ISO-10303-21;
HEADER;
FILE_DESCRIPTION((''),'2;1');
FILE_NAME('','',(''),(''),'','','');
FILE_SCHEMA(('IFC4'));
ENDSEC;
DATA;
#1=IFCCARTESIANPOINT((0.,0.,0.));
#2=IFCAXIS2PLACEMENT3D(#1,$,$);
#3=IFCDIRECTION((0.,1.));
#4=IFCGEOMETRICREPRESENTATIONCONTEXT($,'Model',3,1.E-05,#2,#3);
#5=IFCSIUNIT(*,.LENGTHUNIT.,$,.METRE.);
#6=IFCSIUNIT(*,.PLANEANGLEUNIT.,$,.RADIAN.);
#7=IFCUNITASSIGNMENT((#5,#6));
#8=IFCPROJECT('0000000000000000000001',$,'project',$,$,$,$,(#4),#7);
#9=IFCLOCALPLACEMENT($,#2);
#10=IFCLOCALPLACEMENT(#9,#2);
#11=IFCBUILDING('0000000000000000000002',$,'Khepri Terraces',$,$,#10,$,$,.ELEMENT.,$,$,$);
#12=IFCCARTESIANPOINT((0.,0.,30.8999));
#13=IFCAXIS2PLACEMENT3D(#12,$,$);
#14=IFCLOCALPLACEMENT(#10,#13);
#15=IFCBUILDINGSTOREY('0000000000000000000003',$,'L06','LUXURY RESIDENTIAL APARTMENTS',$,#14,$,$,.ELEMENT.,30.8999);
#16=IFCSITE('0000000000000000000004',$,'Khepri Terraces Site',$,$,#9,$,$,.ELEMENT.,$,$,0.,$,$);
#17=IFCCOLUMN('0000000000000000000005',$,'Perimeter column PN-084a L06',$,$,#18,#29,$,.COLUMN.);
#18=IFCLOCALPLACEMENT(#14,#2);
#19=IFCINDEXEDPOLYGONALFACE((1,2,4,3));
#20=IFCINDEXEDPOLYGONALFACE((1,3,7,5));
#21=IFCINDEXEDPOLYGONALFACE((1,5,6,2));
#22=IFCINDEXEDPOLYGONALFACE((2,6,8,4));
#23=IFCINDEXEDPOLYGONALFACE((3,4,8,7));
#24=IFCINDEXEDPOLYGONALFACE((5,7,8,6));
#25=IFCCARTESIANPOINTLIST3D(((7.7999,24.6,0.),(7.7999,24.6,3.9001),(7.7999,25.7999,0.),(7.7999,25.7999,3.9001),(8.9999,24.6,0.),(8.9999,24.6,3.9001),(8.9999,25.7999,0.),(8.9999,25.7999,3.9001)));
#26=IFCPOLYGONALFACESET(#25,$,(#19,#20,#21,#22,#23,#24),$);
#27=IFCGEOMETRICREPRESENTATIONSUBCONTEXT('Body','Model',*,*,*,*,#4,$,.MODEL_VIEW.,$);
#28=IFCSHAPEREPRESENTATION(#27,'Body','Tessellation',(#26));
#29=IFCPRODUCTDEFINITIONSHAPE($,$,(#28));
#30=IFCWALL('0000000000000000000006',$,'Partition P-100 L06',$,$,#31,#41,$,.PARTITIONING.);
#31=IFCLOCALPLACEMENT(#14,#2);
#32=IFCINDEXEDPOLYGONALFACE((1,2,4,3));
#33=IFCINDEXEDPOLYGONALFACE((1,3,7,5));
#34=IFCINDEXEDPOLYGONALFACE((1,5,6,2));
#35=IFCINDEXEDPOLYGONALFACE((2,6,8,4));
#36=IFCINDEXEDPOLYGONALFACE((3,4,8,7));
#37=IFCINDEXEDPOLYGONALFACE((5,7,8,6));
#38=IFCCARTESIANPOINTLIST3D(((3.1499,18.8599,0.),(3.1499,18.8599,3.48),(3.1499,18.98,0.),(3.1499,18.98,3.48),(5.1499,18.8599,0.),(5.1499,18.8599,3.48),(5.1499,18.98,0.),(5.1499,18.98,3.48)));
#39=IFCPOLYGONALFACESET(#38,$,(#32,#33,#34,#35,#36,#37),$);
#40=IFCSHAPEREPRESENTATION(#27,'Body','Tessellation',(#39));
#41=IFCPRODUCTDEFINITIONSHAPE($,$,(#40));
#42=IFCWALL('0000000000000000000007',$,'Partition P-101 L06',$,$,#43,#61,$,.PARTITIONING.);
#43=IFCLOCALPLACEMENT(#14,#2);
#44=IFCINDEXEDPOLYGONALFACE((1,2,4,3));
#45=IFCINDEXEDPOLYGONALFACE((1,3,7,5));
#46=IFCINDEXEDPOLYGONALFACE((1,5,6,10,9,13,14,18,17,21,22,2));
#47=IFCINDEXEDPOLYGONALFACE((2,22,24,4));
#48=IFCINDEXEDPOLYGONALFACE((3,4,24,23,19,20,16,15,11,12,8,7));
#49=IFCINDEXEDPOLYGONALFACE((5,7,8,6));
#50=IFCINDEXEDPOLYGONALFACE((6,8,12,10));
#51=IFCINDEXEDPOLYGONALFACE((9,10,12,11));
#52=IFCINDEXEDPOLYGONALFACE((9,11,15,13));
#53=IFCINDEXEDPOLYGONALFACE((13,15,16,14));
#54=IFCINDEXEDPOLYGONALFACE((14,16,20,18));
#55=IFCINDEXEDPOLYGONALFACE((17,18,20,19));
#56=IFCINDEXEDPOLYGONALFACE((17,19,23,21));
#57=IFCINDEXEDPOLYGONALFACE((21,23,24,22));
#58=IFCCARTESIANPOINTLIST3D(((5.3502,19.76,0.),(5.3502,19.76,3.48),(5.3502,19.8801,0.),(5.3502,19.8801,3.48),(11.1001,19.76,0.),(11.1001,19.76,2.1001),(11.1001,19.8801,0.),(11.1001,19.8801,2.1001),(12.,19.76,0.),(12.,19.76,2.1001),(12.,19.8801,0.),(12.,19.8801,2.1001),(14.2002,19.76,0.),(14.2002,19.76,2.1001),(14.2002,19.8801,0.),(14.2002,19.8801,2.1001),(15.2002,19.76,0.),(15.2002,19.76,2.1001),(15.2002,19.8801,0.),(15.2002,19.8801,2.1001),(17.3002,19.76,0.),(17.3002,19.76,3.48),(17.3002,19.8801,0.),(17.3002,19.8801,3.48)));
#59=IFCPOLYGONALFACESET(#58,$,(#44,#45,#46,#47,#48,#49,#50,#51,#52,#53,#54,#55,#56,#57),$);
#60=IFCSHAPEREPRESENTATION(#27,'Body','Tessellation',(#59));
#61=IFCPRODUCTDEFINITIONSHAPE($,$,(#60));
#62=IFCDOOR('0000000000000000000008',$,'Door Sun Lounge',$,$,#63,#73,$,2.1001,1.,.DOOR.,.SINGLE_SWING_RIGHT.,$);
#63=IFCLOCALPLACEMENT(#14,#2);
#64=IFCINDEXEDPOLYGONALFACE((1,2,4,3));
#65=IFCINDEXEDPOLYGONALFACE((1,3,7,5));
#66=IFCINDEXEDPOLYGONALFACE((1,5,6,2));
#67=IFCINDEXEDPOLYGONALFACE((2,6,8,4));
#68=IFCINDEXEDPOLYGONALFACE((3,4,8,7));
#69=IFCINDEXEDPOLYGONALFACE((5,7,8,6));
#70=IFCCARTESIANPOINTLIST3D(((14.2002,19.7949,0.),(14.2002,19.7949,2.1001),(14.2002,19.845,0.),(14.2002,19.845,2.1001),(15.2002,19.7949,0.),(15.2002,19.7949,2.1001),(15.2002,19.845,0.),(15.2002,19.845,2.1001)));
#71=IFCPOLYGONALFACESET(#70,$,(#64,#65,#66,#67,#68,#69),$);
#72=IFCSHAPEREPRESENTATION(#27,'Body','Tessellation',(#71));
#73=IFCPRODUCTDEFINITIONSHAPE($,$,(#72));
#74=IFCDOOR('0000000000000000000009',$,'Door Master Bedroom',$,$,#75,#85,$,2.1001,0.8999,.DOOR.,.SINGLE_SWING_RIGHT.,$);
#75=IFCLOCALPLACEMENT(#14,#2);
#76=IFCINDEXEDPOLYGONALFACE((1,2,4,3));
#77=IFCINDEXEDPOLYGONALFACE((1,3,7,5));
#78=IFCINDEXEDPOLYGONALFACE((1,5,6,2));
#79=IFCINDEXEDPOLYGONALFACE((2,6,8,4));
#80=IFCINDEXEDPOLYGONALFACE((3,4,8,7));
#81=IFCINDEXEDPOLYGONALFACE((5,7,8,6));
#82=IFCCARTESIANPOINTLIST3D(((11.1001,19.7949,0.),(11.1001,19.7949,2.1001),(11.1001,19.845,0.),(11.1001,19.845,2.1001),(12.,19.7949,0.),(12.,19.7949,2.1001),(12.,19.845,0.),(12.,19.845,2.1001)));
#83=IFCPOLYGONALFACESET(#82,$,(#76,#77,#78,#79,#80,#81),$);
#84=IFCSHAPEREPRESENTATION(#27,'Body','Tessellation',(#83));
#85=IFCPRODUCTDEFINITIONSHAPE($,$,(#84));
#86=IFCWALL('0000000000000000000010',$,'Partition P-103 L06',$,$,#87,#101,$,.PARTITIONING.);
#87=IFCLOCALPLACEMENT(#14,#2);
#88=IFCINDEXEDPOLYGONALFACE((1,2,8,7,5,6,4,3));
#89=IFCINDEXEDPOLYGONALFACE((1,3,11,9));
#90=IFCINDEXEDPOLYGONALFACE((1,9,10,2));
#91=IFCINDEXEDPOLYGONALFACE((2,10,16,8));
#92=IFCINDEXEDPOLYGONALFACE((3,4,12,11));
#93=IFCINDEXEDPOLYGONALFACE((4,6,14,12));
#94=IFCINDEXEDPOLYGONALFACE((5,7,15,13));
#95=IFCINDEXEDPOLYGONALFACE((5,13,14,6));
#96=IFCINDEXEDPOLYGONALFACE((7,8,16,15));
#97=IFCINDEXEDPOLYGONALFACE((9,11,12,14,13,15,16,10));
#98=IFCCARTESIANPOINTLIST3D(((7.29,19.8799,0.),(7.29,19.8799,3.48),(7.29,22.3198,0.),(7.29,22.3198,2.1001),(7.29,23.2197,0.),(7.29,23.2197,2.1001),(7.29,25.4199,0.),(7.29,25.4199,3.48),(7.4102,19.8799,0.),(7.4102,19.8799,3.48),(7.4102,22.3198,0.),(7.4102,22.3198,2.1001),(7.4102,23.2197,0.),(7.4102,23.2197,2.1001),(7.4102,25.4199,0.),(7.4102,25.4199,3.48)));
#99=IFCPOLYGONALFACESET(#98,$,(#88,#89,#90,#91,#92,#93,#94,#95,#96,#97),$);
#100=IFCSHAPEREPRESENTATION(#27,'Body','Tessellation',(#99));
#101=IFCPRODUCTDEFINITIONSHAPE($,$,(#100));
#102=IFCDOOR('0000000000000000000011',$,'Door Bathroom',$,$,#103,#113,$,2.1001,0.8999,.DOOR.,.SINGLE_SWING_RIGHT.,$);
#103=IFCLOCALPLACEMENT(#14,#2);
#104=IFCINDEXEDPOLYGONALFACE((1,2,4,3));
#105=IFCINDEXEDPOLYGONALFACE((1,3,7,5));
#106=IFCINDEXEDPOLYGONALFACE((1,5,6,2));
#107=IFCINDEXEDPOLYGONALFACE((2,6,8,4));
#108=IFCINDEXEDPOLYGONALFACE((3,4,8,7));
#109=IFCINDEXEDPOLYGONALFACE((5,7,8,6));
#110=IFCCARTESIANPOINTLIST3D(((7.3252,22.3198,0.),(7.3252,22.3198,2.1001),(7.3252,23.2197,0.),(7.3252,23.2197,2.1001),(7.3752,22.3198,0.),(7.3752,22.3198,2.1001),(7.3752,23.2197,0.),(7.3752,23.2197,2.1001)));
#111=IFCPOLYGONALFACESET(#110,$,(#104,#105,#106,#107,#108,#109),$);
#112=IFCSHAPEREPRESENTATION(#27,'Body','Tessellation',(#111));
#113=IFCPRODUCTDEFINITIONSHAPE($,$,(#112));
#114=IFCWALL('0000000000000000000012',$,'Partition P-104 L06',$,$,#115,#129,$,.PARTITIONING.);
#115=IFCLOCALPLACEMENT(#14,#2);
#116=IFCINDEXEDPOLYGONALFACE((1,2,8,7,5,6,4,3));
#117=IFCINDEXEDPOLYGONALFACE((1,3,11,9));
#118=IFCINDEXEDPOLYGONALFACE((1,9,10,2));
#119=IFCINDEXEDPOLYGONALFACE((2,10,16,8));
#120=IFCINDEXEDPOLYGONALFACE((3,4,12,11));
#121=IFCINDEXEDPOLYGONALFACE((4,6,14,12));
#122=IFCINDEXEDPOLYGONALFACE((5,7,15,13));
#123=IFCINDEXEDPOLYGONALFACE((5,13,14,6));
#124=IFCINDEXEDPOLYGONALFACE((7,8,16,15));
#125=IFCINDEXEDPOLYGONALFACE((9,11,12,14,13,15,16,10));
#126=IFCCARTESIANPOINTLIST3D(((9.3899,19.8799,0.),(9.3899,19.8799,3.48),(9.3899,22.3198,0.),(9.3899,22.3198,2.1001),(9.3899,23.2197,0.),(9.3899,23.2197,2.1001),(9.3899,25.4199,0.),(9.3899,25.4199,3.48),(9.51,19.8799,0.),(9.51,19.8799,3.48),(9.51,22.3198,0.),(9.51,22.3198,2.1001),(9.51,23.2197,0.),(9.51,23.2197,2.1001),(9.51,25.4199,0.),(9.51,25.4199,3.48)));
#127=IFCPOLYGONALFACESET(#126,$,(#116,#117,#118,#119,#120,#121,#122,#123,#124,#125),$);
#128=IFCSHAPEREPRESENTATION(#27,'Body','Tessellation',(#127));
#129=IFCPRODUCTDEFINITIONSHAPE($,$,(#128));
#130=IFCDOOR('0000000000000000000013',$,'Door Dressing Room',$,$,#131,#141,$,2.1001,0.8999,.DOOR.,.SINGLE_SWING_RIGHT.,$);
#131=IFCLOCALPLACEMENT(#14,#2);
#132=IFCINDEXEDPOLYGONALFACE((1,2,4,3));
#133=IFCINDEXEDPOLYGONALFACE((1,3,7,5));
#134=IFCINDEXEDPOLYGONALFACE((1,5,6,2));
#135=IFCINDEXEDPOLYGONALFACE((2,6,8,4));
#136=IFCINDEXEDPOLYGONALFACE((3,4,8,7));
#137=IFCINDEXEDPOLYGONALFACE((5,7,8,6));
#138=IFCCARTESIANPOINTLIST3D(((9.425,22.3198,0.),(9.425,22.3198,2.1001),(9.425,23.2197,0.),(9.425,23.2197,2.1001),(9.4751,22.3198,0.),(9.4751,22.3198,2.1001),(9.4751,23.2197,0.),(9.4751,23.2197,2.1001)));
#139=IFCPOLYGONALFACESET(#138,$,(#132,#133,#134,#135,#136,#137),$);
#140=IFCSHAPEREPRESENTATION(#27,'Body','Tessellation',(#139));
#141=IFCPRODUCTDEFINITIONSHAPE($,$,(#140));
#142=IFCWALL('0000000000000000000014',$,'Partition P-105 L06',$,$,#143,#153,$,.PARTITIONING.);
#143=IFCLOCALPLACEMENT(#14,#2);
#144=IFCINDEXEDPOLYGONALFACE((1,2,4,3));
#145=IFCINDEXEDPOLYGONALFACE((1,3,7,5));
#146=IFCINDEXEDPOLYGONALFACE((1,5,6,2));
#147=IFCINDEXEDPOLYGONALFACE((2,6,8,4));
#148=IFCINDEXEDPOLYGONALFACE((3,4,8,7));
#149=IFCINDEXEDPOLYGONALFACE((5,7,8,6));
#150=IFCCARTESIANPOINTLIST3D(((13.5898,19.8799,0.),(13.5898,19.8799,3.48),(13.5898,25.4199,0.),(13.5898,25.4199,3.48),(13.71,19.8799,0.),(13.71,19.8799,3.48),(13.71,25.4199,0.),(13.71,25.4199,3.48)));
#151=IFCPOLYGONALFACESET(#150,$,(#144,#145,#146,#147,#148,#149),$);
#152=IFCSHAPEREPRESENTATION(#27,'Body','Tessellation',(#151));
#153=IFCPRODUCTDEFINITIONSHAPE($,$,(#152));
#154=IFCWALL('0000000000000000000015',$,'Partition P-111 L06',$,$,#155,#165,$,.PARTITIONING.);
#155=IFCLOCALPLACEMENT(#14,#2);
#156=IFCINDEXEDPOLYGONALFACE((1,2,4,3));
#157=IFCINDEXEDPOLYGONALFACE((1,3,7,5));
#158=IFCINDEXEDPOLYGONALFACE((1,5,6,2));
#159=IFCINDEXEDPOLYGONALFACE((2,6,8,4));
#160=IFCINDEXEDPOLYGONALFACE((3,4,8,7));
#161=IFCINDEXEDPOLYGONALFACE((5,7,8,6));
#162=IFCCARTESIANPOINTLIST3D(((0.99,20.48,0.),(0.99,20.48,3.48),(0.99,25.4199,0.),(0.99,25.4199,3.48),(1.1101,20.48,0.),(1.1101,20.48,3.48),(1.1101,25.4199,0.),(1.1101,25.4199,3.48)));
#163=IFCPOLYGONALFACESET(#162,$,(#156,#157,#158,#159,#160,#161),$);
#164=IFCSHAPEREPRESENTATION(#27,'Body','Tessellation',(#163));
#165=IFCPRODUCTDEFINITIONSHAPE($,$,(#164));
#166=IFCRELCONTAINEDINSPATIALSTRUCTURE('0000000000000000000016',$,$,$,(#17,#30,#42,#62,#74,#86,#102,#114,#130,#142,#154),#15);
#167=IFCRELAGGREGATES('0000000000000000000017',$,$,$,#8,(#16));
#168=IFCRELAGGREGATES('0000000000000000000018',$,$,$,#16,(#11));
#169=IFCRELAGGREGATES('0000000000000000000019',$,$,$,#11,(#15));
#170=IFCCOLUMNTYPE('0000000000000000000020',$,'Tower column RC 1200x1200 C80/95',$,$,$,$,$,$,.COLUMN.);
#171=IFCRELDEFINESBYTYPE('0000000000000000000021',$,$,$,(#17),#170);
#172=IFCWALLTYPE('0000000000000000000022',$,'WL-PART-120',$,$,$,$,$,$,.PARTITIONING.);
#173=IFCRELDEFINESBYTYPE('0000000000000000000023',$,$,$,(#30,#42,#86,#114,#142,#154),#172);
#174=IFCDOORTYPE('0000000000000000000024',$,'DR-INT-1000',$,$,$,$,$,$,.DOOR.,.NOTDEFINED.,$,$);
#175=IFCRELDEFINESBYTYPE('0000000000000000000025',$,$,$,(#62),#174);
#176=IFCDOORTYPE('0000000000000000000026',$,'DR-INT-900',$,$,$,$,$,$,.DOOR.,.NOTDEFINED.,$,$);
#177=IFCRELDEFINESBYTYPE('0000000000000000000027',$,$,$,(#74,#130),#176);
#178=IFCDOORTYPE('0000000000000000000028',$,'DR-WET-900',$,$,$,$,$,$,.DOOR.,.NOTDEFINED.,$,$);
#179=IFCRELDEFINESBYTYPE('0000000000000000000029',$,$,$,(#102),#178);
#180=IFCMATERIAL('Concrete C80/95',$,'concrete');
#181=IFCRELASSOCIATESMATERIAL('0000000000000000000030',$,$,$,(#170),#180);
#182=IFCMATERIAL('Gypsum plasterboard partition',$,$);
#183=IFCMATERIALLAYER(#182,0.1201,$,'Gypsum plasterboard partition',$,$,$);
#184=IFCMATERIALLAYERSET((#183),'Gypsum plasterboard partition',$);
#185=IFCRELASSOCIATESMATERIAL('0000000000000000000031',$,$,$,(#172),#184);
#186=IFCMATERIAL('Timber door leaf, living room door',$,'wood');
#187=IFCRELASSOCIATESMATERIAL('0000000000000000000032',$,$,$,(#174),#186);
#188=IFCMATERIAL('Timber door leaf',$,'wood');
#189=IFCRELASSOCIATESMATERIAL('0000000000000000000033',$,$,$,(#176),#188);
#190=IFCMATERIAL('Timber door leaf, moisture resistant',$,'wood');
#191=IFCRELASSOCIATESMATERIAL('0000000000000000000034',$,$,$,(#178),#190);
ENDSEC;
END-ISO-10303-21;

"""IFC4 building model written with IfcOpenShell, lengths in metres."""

from ifc_helpers import new_model, si_unit, direction, frame, frame_2d, origin, origin_2d, place, context, subcontext, project, spatial, rectangle, extrude, material, layer, layer_set, material_profile, profile_set, type_object, element, fill, save


model = new_model("IFC4")

# Units and contexts
model_context = context("Model", 3, precision=1e-05, world=origin(), true_north=direction((0.0, 1.0)))
body_context = subcontext(model_context, "Body", "Model", "MODEL_VIEW")
ifc_project = project(units=[si_unit("LENGTHUNIT", "METRE"), si_unit("PLANEANGLEUNIT", "RADIAN")], contexts=[model_context])

# Site, building, storey
site_placement = place(None, origin())
site = spatial("IfcSite", under=ifc_project, at=site_placement, Name="Khepri Terraces Site", CompositionType="ELEMENT", RefElevation=0.0)
building_placement = place(site_placement, origin())
building = spatial("IfcBuilding", under=site, at=building_placement, Name="Khepri Terraces", CompositionType="ELEMENT")
storey_placement = place(building_placement, frame((0.0, 0.0, 30.8999)))
storey = spatial("IfcBuildingStorey", under=building, at=storey_placement, Name="L06", Description="LUXURY RESIDENTIAL APARTMENTS", CompositionType="ELEMENT", Elevation=30.8999)

# Column
ifc_material_1 = material(Name="Concrete C80/95", Category="concrete")
ifc_material_profile = material_profile(ifc_material_1, rectangle(XDim=1.2, YDim=1.2, at=origin_2d()), Name="Concrete C80/95", Category="concrete")
ifc_profile_set = profile_set([ifc_material_profile], Name="Concrete C80/95")
column_type = type_object("IfcColumnType", Name="Tower column RC 1200x1200 C80/95", PredefinedType="COLUMN", material=ifc_profile_set)
column_placement = place(storey_placement, frame((8.3999, 25.2, 0.0), z_axis=(0.0, 0.0, 1.0), x_axis=(1.0, 0.0, 0.0)))
element("IfcColumn", 1, at=column_placement, inside=storey, type_object=column_type, Name="Perimeter column PN-084a L06", PredefinedType="COLUMN", context=body_context, shape_type="SweptSolid", body=[
    extrude(rectangle(XDim=1.2, YDim=1.2, at=origin_2d()), origin(), (0.0, 0.0, 1.0), 3.9001),
])

# Wall
ifc_material_2 = material(Name="Gypsum plasterboard partition")
ifc_layer_1 = layer(ifc_material_2, 0.1201, Name="Gypsum plasterboard partition")
ifc_layer_set_1 = layer_set([ifc_layer_1], Name="Gypsum plasterboard partition")
wall_type_1 = type_object("IfcWallType", Name="WL-PART-120", PredefinedType="PARTITIONING", material=ifc_layer_set_1)
wall_1_placement = place(storey_placement, frame((3.1499, 18.9199, 0.0), z_axis=(0.0, 0.0, 1.0), x_axis=(1.0, 0.0, 0.0)))
element("IfcWall", 2, at=wall_1_placement, inside=storey, type_object=wall_type_1, Name="Partition P-100 L06", PredefinedType="PARTITIONING", context=body_context, shape_type="SweptSolid", body=[
    extrude(rectangle(XDim=2.0, YDim=0.1201, at=frame_2d((1.0, 0.0))), origin(), (0.0, 0.0, 1.0), 3.48),
])

# Wall, openings, doors
wall_2_placement = place(storey_placement, frame((5.3501, 19.8201, 0.0), z_axis=(0.0, 0.0, 1.0), x_axis=(1.0, 0.0, 0.0)))
wall_2 = element("IfcWall", 3, at=wall_2_placement, inside=storey, type_object=wall_type_1, Name="Partition P-101 L06", PredefinedType="PARTITIONING", context=body_context, shape_type="SweptSolid", body=[
    extrude(rectangle(XDim=11.95, YDim=0.1201, at=frame_2d((5.9751, 0.0))), origin(), (0.0, 0.0, 1.0), 3.48),
])
opening_1_placement = place(wall_2_placement, frame((8.8501, 0.0, 0.0)))
opening_1 = element("IfcOpeningElement", 4, at=opening_1_placement, cuts=wall_2, PredefinedType="OPENING", context=body_context, shape_type="SweptSolid", body=[
    extrude(rectangle(XDim=1.0, YDim=2.1001, at=frame_2d((0.5, 1.05))), frame((0.0, 0.0701, 0.0), z_axis=(0.0, -1.0, 0.0), x_axis=(1.0, 0.0, 0.0)), (0.0, 0.0, 1.0), 0.1401),
])
opening_2_placement = place(wall_2_placement, frame((5.75, 0.0, 0.0)))
opening_2 = element("IfcOpeningElement", 5, at=opening_2_placement, cuts=wall_2, PredefinedType="OPENING", context=body_context, shape_type="SweptSolid", body=[
    extrude(rectangle(XDim=0.8999, YDim=2.1001, at=frame_2d((0.45, 1.05))), frame((0.0, 0.0701, 0.0), z_axis=(0.0, -1.0, 0.0), x_axis=(1.0, 0.0, 0.0)), (0.0, 0.0, 1.0), 0.1401),
])
ifc_material_3 = material(Name="Timber door leaf, living room door", Category="wood")
door_type_1 = type_object("IfcDoorType", Name="DR-INT-1000", OperationType="NOTDEFINED", PredefinedType="DOOR", material=ifc_material_3)
door_1_placement = place(opening_1_placement, origin())
door_1 = element("IfcDoor", 6, at=door_1_placement, inside=storey, type_object=door_type_1, Name="Door Sun Lounge", OperationType="SINGLE_SWING_RIGHT", OverallHeight=2.1001, OverallWidth=1.0, PredefinedType="DOOR", context=body_context, shape_type="SweptSolid", body=[
    extrude(rectangle(XDim=1.0, YDim=2.1001, at=frame_2d((0.5, 1.05))), frame((0.0, 0.0249, 0.0), z_axis=(0.0, -1.0, 0.0), x_axis=(1.0, 0.0, 0.0)), (0.0, 0.0, 1.0), 0.05),
])
fill(opening_1, door_1)
ifc_material_4 = material(Name="Timber door leaf", Category="wood")
door_type_2 = type_object("IfcDoorType", Name="DR-INT-900", OperationType="NOTDEFINED", PredefinedType="DOOR", material=ifc_material_4)
door_2_placement = place(opening_2_placement, origin())
door_2 = element("IfcDoor", 7, at=door_2_placement, inside=storey, type_object=door_type_2, Name="Door Master Bedroom", OperationType="SINGLE_SWING_RIGHT", OverallHeight=2.1001, OverallWidth=0.8999, PredefinedType="DOOR", context=body_context, shape_type="SweptSolid", body=[
    extrude(rectangle(XDim=0.8999, YDim=2.1001, at=frame_2d((0.45, 1.05))), frame((0.0, 0.0249, 0.0), z_axis=(0.0, -1.0, 0.0), x_axis=(1.0, 0.0, 0.0)), (0.0, 0.0, 1.0), 0.05),
])
fill(opening_2, door_2)

# Walls, openings, doors
wall_3_placement = place(storey_placement, frame((7.3501, 19.8799, 0.0), z_axis=(0.0, 0.0, 1.0), x_axis=(0.0, 1.0, 0.0)))
wall_3 = element("IfcWall", 8, at=wall_3_placement, inside=storey, type_object=wall_type_1, Name="Partition P-103 L06", PredefinedType="PARTITIONING", context=body_context, shape_type="SweptSolid", body=[
    extrude(rectangle(XDim=5.54, YDim=0.1201, at=frame_2d((2.77, 0.0))), origin(), (0.0, 0.0, 1.0), 3.48),
])
opening_3_placement = place(wall_3_placement, frame((2.4399, 0.0, 0.0)))
opening_3 = element("IfcOpeningElement", 9, at=opening_3_placement, cuts=wall_3, PredefinedType="OPENING", context=body_context, shape_type="SweptSolid", body=[
    extrude(rectangle(XDim=0.8999, YDim=2.1001, at=frame_2d((0.45, 1.05))), frame((0.0, 0.0701, 0.0), z_axis=(0.0, -1.0, 0.0), x_axis=(1.0, 0.0, 0.0)), (0.0, 0.0, 1.0), 0.1401),
])
ifc_material_5 = material(Name="Timber door leaf, moisture resistant", Category="wood")
door_type_3 = type_object("IfcDoorType", Name="DR-WET-900", OperationType="NOTDEFINED", PredefinedType="DOOR", material=ifc_material_5)
door_3_placement = place(opening_3_placement, origin())
door_3 = element("IfcDoor", 10, at=door_3_placement, inside=storey, type_object=door_type_3, Name="Door Bathroom", OperationType="SINGLE_SWING_RIGHT", OverallHeight=2.1001, OverallWidth=0.8999, PredefinedType="DOOR", context=body_context, shape_type="SweptSolid", body=[
    extrude(rectangle(XDim=0.8999, YDim=2.1001, at=frame_2d((0.45, 1.05))), frame((0.0, 0.0249, 0.0), z_axis=(0.0, -1.0, 0.0), x_axis=(1.0, 0.0, 0.0)), (0.0, 0.0, 1.0), 0.05),
])
fill(opening_3, door_3)
wall_4_placement = place(storey_placement, frame((9.45, 19.8799, 0.0), z_axis=(0.0, 0.0, 1.0), x_axis=(0.0, 1.0, 0.0)))
wall_4 = element("IfcWall", 11, at=wall_4_placement, inside=storey, type_object=wall_type_1, Name="Partition P-104 L06", PredefinedType="PARTITIONING", context=body_context, shape_type="SweptSolid", body=[
    extrude(rectangle(XDim=5.54, YDim=0.1201, at=frame_2d((2.77, 0.0))), origin(), (0.0, 0.0, 1.0), 3.48),
])
opening_4_placement = place(wall_4_placement, frame((2.4399, 0.0, 0.0)))
opening_4 = element("IfcOpeningElement", 12, at=opening_4_placement, cuts=wall_4, PredefinedType="OPENING", context=body_context, shape_type="SweptSolid", body=[
    extrude(rectangle(XDim=0.8999, YDim=2.1001, at=frame_2d((0.45, 1.05))), frame((0.0, 0.0701, 0.0), z_axis=(0.0, -1.0, 0.0), x_axis=(1.0, 0.0, 0.0)), (0.0, 0.0, 1.0), 0.1401),
])
door_4_placement = place(opening_4_placement, origin())
door_4 = element("IfcDoor", 13, at=door_4_placement, inside=storey, type_object=door_type_2, Name="Door Dressing Room", OperationType="SINGLE_SWING_RIGHT", OverallHeight=2.1001, OverallWidth=0.8999, PredefinedType="DOOR", context=body_context, shape_type="SweptSolid", body=[
    extrude(rectangle(XDim=0.8999, YDim=2.1001, at=frame_2d((0.45, 1.05))), frame((0.0, 0.0249, 0.0), z_axis=(0.0, -1.0, 0.0), x_axis=(1.0, 0.0, 0.0)), (0.0, 0.0, 1.0), 0.05),
])
fill(opening_4, door_4)

# Walls
wall_5_placement = place(storey_placement, frame((13.6499, 19.8799, 0.0), z_axis=(0.0, 0.0, 1.0), x_axis=(0.0, 1.0, 0.0)))
element("IfcWall", 14, at=wall_5_placement, inside=storey, type_object=wall_type_1, Name="Partition P-105 L06", PredefinedType="PARTITIONING", context=body_context, shape_type="SweptSolid", body=[
    extrude(rectangle(XDim=5.54, YDim=0.1201, at=frame_2d((2.77, 0.0))), origin(), (0.0, 0.0, 1.0), 3.48),
])
wall_6_placement = place(storey_placement, frame((1.05, 20.48, 0.0), z_axis=(0.0, 0.0, 1.0), x_axis=(0.0, 1.0, 0.0)))
element("IfcWall", 15, at=wall_6_placement, inside=storey, type_object=wall_type_1, Name="Partition P-111 L06", PredefinedType="PARTITIONING", context=body_context, shape_type="SweptSolid", body=[
    extrude(rectangle(XDim=4.9399, YDim=0.1201, at=frame_2d((2.47, 0.0))), origin(), (0.0, 0.0, 1.0), 3.48),
])

save(model, "model.ifc")
